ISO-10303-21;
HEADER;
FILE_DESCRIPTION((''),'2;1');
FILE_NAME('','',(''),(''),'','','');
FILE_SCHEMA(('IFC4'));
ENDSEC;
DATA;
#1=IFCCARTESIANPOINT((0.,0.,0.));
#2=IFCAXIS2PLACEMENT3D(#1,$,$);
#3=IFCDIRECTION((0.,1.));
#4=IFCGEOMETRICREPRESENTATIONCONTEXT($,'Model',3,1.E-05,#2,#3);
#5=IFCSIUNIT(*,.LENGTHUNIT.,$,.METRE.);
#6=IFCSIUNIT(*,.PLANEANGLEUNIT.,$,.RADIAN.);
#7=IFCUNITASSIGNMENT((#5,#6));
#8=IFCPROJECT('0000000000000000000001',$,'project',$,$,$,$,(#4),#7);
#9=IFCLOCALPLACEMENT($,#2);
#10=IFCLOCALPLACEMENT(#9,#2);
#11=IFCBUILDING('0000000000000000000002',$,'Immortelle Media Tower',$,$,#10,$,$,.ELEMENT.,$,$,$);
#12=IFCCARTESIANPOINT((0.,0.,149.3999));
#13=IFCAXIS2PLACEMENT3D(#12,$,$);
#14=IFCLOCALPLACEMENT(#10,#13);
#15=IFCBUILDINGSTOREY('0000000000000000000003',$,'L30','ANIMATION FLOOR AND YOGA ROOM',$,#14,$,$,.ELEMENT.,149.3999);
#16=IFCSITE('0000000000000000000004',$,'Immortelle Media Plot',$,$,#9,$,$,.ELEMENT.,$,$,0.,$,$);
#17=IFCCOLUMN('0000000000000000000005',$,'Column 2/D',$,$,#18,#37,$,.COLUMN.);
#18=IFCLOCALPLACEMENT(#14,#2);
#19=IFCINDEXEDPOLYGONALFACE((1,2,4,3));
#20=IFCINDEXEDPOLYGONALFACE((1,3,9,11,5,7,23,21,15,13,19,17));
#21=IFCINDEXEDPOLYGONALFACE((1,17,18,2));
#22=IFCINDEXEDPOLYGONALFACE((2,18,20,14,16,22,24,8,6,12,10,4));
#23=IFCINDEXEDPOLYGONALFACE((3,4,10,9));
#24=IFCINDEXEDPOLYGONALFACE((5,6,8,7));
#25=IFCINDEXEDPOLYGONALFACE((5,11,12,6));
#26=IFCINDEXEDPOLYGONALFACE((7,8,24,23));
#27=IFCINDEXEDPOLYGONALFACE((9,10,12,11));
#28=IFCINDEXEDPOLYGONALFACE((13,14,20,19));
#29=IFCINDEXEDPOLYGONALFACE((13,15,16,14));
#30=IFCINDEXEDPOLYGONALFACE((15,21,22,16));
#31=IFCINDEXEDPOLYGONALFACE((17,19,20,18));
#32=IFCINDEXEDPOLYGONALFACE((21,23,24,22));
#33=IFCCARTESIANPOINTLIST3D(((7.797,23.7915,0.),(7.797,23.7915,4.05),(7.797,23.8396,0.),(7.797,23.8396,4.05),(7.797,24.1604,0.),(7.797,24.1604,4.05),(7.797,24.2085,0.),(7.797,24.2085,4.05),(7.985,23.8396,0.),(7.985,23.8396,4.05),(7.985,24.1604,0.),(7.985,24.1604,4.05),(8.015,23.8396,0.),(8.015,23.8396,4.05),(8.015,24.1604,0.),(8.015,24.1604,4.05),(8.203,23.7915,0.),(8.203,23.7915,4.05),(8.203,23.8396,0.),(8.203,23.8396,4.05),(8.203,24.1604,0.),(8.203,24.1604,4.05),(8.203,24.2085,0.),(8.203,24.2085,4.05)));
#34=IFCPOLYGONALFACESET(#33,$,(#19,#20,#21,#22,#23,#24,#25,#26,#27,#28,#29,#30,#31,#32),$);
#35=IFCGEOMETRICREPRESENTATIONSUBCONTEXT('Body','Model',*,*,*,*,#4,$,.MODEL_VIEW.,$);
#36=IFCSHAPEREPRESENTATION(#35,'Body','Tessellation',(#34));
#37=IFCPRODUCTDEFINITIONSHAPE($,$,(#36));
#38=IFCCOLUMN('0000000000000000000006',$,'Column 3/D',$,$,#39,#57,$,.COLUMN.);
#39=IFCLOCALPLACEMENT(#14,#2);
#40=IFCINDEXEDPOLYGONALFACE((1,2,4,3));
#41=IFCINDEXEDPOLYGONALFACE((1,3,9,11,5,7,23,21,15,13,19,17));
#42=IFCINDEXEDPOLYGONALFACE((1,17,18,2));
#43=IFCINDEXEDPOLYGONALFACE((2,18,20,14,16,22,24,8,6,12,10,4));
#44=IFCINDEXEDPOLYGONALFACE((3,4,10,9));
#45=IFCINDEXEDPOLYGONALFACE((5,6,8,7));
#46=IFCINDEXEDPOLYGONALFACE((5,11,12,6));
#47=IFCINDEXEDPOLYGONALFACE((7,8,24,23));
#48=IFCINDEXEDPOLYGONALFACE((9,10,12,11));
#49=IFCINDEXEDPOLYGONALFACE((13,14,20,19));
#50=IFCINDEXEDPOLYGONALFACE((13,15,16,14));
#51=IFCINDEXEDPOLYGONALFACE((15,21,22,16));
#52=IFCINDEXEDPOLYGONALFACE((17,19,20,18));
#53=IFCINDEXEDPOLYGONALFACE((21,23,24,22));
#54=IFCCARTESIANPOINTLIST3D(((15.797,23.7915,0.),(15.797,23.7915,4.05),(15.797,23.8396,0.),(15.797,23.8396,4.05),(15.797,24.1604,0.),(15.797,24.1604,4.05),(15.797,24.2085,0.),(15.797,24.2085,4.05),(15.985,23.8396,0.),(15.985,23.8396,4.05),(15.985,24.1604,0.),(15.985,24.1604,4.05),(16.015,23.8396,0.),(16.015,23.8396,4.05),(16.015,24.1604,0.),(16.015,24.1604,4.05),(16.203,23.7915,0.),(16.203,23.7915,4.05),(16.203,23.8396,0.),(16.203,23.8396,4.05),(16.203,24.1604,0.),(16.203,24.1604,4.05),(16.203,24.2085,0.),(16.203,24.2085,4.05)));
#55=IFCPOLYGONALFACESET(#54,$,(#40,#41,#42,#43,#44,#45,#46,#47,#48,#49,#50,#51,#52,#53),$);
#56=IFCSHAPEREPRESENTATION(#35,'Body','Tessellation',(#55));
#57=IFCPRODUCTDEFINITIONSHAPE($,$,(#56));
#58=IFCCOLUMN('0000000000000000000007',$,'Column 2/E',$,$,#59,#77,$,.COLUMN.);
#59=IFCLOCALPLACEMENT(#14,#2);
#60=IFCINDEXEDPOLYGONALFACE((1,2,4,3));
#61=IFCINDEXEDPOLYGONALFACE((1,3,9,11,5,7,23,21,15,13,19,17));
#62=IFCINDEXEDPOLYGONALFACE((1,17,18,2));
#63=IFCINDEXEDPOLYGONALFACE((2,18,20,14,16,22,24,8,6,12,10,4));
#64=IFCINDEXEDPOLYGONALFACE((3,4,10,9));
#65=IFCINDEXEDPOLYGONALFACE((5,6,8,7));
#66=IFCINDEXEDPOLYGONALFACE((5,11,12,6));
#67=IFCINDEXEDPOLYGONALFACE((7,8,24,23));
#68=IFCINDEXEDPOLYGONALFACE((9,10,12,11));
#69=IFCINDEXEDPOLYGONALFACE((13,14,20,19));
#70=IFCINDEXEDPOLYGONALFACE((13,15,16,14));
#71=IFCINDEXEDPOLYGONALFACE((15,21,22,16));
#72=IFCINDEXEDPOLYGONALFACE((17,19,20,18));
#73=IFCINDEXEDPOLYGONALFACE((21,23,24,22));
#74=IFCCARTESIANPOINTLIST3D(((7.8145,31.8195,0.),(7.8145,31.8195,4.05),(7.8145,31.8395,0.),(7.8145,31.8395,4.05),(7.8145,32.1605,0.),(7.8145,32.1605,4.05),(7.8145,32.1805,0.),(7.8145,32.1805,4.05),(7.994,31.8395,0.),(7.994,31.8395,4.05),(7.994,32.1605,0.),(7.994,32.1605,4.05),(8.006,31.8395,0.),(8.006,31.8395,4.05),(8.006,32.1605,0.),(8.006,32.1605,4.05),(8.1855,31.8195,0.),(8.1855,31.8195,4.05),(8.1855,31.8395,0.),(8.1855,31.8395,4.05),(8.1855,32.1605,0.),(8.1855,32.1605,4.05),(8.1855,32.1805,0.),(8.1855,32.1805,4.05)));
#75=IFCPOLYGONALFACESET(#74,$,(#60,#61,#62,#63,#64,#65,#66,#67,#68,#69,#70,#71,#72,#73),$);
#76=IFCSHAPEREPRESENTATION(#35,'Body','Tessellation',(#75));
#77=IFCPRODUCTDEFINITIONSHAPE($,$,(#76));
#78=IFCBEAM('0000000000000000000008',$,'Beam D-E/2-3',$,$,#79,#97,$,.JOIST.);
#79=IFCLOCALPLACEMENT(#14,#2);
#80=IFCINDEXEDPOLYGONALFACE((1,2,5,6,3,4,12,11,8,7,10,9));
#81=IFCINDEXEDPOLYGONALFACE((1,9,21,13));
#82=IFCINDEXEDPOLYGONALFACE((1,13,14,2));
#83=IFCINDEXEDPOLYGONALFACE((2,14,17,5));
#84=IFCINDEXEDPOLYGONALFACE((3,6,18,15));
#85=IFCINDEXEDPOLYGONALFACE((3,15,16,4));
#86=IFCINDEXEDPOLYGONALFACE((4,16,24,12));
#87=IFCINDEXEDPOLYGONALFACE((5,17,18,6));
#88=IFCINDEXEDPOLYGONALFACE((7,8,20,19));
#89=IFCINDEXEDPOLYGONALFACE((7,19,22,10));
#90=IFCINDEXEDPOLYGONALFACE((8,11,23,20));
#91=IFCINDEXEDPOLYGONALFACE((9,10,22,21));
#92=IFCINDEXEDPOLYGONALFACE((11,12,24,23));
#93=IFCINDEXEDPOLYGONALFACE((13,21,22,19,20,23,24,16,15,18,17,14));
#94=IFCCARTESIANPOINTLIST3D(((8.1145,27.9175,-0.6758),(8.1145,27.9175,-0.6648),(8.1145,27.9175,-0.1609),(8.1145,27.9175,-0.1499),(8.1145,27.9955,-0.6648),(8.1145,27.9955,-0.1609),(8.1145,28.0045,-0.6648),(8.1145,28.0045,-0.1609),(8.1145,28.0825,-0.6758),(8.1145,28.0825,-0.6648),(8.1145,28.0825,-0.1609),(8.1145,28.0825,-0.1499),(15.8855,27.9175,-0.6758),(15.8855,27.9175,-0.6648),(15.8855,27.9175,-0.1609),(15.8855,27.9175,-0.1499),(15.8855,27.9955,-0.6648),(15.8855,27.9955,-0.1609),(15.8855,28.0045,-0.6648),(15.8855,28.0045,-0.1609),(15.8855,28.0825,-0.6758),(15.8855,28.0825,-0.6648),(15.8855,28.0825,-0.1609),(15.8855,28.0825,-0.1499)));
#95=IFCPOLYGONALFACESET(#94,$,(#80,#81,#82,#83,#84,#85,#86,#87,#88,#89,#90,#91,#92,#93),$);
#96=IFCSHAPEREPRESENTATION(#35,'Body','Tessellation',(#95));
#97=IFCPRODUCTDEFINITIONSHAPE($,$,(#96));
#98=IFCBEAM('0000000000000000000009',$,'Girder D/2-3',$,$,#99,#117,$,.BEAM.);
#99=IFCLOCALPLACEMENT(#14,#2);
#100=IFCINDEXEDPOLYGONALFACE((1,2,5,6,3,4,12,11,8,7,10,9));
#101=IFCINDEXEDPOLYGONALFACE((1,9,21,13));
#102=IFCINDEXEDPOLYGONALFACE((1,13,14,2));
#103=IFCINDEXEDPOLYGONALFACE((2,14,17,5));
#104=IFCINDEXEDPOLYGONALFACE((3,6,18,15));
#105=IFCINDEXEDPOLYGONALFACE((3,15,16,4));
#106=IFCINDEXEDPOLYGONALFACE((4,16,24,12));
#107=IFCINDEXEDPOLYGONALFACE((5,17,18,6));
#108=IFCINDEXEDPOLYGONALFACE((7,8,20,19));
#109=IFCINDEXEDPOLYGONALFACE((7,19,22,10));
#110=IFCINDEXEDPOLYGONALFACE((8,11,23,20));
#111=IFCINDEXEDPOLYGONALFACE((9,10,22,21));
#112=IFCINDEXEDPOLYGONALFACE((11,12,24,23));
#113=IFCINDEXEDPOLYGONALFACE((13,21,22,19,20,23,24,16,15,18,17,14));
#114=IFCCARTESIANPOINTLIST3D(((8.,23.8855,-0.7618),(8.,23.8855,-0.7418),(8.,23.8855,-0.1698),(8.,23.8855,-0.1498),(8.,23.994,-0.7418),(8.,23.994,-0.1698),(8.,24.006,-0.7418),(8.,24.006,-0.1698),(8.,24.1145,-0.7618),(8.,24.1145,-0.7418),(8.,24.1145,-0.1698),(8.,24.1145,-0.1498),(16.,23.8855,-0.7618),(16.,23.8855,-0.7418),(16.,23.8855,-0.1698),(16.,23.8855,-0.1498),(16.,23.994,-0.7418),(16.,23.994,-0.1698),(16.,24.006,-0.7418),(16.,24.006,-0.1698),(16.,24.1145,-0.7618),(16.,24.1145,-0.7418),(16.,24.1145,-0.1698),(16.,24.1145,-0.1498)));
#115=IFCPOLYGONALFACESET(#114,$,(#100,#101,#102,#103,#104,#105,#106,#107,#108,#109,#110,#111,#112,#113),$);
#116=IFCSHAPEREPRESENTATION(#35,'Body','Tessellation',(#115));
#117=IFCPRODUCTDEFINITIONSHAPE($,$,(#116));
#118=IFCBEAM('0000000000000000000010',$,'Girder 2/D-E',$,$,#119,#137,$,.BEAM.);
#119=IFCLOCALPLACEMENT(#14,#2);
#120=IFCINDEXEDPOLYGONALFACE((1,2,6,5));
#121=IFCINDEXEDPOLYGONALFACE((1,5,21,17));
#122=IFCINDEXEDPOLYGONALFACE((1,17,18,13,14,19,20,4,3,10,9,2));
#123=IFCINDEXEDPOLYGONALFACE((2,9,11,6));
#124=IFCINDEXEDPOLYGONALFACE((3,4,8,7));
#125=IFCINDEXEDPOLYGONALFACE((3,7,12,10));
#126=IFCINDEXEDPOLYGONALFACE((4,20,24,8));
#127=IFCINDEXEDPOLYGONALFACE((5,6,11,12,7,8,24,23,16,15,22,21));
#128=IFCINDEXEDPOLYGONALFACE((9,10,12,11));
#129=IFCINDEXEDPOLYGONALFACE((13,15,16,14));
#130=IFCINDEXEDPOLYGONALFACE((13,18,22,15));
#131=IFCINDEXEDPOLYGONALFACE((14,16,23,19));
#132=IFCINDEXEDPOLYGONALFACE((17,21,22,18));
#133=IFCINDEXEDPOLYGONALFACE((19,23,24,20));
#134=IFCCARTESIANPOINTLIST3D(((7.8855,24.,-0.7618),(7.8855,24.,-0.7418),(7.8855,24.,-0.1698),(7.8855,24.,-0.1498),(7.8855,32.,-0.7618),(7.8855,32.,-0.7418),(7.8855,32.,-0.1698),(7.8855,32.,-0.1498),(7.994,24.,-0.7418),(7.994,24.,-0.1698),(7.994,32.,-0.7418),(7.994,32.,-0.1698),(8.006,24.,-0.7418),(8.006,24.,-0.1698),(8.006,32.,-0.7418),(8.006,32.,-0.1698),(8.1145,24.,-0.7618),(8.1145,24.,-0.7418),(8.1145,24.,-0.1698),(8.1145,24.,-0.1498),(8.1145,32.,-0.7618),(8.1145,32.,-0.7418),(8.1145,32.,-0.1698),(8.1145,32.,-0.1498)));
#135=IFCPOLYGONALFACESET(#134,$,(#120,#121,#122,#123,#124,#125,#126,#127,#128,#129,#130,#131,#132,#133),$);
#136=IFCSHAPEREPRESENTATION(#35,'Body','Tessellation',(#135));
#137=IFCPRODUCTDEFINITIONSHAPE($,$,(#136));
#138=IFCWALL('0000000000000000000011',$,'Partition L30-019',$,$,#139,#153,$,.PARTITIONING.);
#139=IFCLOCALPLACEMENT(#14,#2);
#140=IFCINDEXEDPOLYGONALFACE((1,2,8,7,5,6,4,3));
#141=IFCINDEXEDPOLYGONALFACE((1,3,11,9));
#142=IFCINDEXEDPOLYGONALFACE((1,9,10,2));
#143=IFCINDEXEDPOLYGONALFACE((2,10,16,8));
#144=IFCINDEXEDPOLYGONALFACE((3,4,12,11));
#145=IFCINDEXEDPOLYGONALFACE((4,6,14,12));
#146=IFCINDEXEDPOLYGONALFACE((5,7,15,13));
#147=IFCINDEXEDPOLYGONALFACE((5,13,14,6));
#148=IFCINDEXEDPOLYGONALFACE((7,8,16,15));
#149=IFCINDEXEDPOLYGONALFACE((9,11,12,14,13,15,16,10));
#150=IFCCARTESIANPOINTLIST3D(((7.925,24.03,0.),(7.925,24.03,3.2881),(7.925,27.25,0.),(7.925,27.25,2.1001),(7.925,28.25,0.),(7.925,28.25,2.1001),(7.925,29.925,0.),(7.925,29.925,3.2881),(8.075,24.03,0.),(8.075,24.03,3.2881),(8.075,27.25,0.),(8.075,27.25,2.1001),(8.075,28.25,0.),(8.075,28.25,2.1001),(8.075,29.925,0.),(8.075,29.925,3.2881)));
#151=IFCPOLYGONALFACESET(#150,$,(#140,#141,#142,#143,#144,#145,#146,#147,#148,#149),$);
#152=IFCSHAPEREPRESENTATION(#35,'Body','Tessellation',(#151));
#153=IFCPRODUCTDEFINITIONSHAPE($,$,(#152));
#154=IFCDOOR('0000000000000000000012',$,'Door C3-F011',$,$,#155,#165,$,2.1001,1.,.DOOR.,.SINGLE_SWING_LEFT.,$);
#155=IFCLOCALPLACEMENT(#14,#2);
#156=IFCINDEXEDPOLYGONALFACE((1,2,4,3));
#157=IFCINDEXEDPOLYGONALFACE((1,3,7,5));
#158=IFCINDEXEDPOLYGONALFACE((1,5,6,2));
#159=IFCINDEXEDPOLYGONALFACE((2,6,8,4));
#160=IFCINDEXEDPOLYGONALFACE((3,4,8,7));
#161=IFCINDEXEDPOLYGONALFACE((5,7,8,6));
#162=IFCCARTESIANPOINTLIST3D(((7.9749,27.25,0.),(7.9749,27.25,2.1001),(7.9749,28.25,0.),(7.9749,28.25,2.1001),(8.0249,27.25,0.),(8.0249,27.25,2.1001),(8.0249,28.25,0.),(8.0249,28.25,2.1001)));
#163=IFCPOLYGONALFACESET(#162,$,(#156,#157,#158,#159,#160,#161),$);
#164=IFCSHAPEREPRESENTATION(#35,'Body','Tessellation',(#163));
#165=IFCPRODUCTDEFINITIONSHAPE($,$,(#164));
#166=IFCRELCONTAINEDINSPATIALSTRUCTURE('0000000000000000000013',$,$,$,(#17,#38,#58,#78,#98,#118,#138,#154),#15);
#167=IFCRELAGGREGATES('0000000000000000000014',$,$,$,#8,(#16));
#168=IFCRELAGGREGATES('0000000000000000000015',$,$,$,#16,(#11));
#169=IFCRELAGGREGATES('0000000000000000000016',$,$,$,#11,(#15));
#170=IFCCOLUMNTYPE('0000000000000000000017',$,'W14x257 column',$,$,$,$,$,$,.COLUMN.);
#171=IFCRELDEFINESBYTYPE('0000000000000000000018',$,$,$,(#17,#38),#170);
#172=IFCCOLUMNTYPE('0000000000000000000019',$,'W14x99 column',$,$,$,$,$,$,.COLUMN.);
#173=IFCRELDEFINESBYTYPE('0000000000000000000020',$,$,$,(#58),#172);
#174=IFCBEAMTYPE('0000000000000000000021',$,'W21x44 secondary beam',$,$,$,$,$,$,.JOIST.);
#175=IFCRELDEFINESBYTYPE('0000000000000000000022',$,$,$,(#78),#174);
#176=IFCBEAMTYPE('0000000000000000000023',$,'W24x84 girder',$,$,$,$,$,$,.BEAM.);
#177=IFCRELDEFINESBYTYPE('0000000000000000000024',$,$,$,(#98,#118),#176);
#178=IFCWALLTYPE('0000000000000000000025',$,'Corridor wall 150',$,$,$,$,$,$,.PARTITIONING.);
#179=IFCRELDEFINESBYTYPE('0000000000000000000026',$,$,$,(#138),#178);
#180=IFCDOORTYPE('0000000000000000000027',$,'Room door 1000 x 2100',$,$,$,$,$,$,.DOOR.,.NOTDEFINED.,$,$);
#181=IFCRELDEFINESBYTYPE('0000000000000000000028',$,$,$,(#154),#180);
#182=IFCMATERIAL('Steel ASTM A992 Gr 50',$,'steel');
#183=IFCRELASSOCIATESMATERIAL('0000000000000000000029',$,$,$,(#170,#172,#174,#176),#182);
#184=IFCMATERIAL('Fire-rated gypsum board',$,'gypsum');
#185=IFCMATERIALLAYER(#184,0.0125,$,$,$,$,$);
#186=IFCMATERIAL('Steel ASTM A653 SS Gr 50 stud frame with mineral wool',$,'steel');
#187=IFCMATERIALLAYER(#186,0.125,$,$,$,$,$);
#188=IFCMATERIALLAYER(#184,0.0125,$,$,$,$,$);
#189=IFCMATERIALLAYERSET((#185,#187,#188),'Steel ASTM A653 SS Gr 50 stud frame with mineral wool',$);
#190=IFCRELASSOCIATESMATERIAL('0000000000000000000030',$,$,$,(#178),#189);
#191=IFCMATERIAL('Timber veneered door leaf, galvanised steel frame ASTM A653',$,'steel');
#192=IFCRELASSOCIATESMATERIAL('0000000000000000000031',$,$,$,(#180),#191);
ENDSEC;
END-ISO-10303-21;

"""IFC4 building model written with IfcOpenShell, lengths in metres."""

from ifc_helpers import new_model, si_unit, direction, frame, frame_2d, origin, origin_2d, place, context, subcontext, project, spatial, rectangle, i_section, extrude, material, layer, layer_set, material_profile, profile_set, type_object, element, fill, save


model = new_model("IFC4")

# Units and contexts
model_context = context("Model", 3, precision=1e-05, world=origin(), true_north=direction((0.0, 1.0)))
body_context = subcontext(model_context, "Body", "Model", "MODEL_VIEW")
ifc_project = project(units=[si_unit("LENGTHUNIT", "METRE"), si_unit("PLANEANGLEUNIT", "RADIAN")], contexts=[model_context])

# Site, building, storey
site_placement = place(None, origin())
site = spatial("IfcSite", under=ifc_project, at=site_placement, Name="Immortelle Media Plot", CompositionType="ELEMENT", RefElevation=0.0)
building_placement = place(site_placement, origin())
building = spatial("IfcBuilding", under=site, at=building_placement, Name="Immortelle Media Tower", CompositionType="ELEMENT")
storey_placement = place(building_placement, frame((0.0, 0.0, 149.3999)))
storey = spatial("IfcBuildingStorey", under=building, at=storey_placement, Name="L30", Description="ANIMATION FLOOR AND YOGA ROOM", CompositionType="ELEMENT", Elevation=149.3999)

# Columns
ifc_material_1 = material(Name="Steel ASTM A992 Gr 50", Category="steel")
ifc_material_profile_1 = material_profile(ifc_material_1, i_section(OverallWidth=0.406, OverallDepth=0.417, WebThickness=0.03, FlangeThickness=0.0481, at=origin_2d()), Name="W14x257")
ifc_profile_set_1 = profile_set([ifc_material_profile_1], Name="Steel ASTM A992 Gr 50")
column_type_1 = type_object("IfcColumnType", Name="W14x257 column", PredefinedType="COLUMN", material=ifc_profile_set_1)
for number, where, z_axis, x_axis, name in (
    (1, (8.0, 24.0, 0.0), (0.0, 0.0, 1.0), (1.0, 0.0, 0.0), "Column 2/D"),
    (2, (16.0, 24.0, 0.0), (0.0, 0.0, 1.0), (1.0, 0.0, 0.0), "Column 3/D"),
):
    element("IfcColumn", number, at=place(storey_placement, frame(where, z_axis=z_axis, x_axis=x_axis)), inside=storey, type_object=column_type_1, Name=name, PredefinedType="COLUMN", context=body_context, shape_type="SweptSolid", body=[
        extrude(i_section(OverallWidth=0.406, OverallDepth=0.417, WebThickness=0.03, FlangeThickness=0.0481, at=origin_2d()), origin(), (0.0, 0.0, 1.0), 4.05),
    ])
ifc_material_profile_2 = material_profile(ifc_material_1, i_section(OverallWidth=0.3711, OverallDepth=0.3611, WebThickness=0.012, FlangeThickness=0.02, at=origin_2d()), Name="W14x99")
ifc_profile_set_2 = profile_set([ifc_material_profile_2], Name="Steel ASTM A992 Gr 50")
column_type_2 = type_object("IfcColumnType", Name="W14x99 column", PredefinedType="COLUMN", material=ifc_profile_set_2)
column_placement = place(storey_placement, frame((8.0, 32.0, 0.0), z_axis=(0.0, 0.0, 1.0), x_axis=(1.0, 0.0, 0.0)))
element("IfcColumn", 3, at=column_placement, inside=storey, type_object=column_type_2, Name="Column 2/E", PredefinedType="COLUMN", context=body_context, shape_type="SweptSolid", body=[
    extrude(i_section(OverallWidth=0.3711, OverallDepth=0.3611, WebThickness=0.012, FlangeThickness=0.02, at=origin_2d()), origin(), (0.0, 0.0, 1.0), 4.05),
])

# Beams
ifc_material_profile_3 = material_profile(ifc_material_1, i_section(OverallWidth=0.165, OverallDepth=0.5259, WebThickness=0.009, FlangeThickness=0.011, at=origin_2d()), Name="W21x44")
ifc_profile_set_3 = profile_set([ifc_material_profile_3], Name="Steel ASTM A992 Gr 50")
beam_type_1 = type_object("IfcBeamType", Name="W21x44 secondary beam", PredefinedType="JOIST", material=ifc_profile_set_3)
beam_placement = place(storey_placement, frame((8.1145, 28.0, -0.4128), z_axis=(1.0, 0.0, 0.0), x_axis=(0.0, 1.0, 0.0)))
element("IfcBeam", 4, at=beam_placement, inside=storey, type_object=beam_type_1, Name="Beam D-E/2-3", PredefinedType="JOIST", context=body_context, shape_type="SweptSolid", body=[
    extrude(i_section(OverallWidth=0.165, OverallDepth=0.5259, WebThickness=0.009, FlangeThickness=0.011, at=origin_2d()), origin(), (0.0, 0.0, 1.0), 7.771),
])
ifc_material_profile_4 = material_profile(ifc_material_1, i_section(OverallWidth=0.229, OverallDepth=0.6121, WebThickness=0.012, FlangeThickness=0.02, at=origin_2d()), Name="W24x84")
ifc_profile_set_4 = profile_set([ifc_material_profile_4], Name="Steel ASTM A992 Gr 50")
beam_type_2 = type_object("IfcBeamType", Name="W24x84 girder", PredefinedType="BEAM", material=ifc_profile_set_4)
for number, where, z_axis, x_axis, name in (
    (5, (8.0, 24.0, -0.4558), (1.0, 0.0, 0.0), (0.0, 1.0, 0.0), "Girder D/2-3"),
    (6, (8.0, 24.0, -0.4558), (0.0, 1.0, 0.0), (-1.0, 0.0, 0.0), "Girder 2/D-E"),
):
    element("IfcBeam", number, at=place(storey_placement, frame(where, z_axis=z_axis, x_axis=x_axis)), inside=storey, type_object=beam_type_2, Name=name, PredefinedType="BEAM", context=body_context, shape_type="SweptSolid", body=[
        extrude(i_section(OverallWidth=0.229, OverallDepth=0.6121, WebThickness=0.012, FlangeThickness=0.02, at=origin_2d()), origin(), (0.0, 0.0, 1.0), 8.0),
    ])

# Wall, opening, door
ifc_material_2 = material(Name="Fire-rated gypsum board", Category="gypsum")
ifc_layer_1 = layer(ifc_material_2, 0.0125)
ifc_material_3 = material(Name="Steel ASTM A653 SS Gr 50 stud frame with mineral wool", Category="steel")
ifc_layer_2 = layer(ifc_material_3, 0.125)
ifc_layer_3 = layer(ifc_material_2, 0.0125)
ifc_layer_set_1 = layer_set([ifc_layer_1, ifc_layer_2, ifc_layer_3], Name="Steel ASTM A653 SS Gr 50 stud frame with mineral wool")
wall_type_1 = type_object("IfcWallType", Name="Corridor wall 150", PredefinedType="PARTITIONING", material=ifc_layer_set_1)
wall_1_placement = place(storey_placement, frame((8.0, 24.03, 0.0), z_axis=(0.0, 0.0, 1.0), x_axis=(0.0, 1.0, 0.0)))
wall_1 = element("IfcWall", 7, at=wall_1_placement, inside=storey, type_object=wall_type_1, Name="Partition L30-019", PredefinedType="PARTITIONING", context=body_context, shape_type="SweptSolid", body=[
    extrude(rectangle(XDim=5.895, YDim=0.1499, at=frame_2d((2.9475, 0.0))), origin(), (0.0, 0.0, 1.0), 3.2881),
])
opening_1_placement = place(wall_1_placement, frame((4.22, 0.0, 0.0), z_axis=(0.0, 0.0, 1.0), x_axis=(-1.0, 0.0, 0.0)))
opening_1 = element("IfcOpeningElement", 8, at=opening_1_placement, cuts=wall_1, PredefinedType="OPENING", context=body_context, shape_type="SweptSolid", body=[
    extrude(rectangle(XDim=1.0, YDim=2.1001, at=frame_2d((0.5, 1.05))), frame((0.0, 0.085, 0.0), z_axis=(0.0, -1.0, 0.0), x_axis=(1.0, 0.0, 0.0)), (0.0, 0.0, 1.0), 0.1699),
])
ifc_material_4 = material(Name="Timber veneered door leaf, galvanised steel frame ASTM A653", Category="steel")
door_type = type_object("IfcDoorType", Name="Room door 1000 x 2100", OperationType="NOTDEFINED", PredefinedType="DOOR", material=ifc_material_4)
door_1_placement = place(opening_1_placement, origin())
door_1 = element("IfcDoor", 9, at=door_1_placement, inside=storey, type_object=door_type, Name="Door C3-F011", OperationType="SINGLE_SWING_LEFT", OverallHeight=2.1001, OverallWidth=1.0, PredefinedType="DOOR", context=body_context, shape_type="SweptSolid", body=[
    extrude(rectangle(XDim=1.0, YDim=2.1001, at=frame_2d((0.5, 1.05))), frame((0.0, 0.0249, 0.0), z_axis=(0.0, -1.0, 0.0), x_axis=(1.0, 0.0, 0.0)), (0.0, 0.0, 1.0), 0.05),
])
fill(opening_1, door_1)

save(model, "model.ifc")
